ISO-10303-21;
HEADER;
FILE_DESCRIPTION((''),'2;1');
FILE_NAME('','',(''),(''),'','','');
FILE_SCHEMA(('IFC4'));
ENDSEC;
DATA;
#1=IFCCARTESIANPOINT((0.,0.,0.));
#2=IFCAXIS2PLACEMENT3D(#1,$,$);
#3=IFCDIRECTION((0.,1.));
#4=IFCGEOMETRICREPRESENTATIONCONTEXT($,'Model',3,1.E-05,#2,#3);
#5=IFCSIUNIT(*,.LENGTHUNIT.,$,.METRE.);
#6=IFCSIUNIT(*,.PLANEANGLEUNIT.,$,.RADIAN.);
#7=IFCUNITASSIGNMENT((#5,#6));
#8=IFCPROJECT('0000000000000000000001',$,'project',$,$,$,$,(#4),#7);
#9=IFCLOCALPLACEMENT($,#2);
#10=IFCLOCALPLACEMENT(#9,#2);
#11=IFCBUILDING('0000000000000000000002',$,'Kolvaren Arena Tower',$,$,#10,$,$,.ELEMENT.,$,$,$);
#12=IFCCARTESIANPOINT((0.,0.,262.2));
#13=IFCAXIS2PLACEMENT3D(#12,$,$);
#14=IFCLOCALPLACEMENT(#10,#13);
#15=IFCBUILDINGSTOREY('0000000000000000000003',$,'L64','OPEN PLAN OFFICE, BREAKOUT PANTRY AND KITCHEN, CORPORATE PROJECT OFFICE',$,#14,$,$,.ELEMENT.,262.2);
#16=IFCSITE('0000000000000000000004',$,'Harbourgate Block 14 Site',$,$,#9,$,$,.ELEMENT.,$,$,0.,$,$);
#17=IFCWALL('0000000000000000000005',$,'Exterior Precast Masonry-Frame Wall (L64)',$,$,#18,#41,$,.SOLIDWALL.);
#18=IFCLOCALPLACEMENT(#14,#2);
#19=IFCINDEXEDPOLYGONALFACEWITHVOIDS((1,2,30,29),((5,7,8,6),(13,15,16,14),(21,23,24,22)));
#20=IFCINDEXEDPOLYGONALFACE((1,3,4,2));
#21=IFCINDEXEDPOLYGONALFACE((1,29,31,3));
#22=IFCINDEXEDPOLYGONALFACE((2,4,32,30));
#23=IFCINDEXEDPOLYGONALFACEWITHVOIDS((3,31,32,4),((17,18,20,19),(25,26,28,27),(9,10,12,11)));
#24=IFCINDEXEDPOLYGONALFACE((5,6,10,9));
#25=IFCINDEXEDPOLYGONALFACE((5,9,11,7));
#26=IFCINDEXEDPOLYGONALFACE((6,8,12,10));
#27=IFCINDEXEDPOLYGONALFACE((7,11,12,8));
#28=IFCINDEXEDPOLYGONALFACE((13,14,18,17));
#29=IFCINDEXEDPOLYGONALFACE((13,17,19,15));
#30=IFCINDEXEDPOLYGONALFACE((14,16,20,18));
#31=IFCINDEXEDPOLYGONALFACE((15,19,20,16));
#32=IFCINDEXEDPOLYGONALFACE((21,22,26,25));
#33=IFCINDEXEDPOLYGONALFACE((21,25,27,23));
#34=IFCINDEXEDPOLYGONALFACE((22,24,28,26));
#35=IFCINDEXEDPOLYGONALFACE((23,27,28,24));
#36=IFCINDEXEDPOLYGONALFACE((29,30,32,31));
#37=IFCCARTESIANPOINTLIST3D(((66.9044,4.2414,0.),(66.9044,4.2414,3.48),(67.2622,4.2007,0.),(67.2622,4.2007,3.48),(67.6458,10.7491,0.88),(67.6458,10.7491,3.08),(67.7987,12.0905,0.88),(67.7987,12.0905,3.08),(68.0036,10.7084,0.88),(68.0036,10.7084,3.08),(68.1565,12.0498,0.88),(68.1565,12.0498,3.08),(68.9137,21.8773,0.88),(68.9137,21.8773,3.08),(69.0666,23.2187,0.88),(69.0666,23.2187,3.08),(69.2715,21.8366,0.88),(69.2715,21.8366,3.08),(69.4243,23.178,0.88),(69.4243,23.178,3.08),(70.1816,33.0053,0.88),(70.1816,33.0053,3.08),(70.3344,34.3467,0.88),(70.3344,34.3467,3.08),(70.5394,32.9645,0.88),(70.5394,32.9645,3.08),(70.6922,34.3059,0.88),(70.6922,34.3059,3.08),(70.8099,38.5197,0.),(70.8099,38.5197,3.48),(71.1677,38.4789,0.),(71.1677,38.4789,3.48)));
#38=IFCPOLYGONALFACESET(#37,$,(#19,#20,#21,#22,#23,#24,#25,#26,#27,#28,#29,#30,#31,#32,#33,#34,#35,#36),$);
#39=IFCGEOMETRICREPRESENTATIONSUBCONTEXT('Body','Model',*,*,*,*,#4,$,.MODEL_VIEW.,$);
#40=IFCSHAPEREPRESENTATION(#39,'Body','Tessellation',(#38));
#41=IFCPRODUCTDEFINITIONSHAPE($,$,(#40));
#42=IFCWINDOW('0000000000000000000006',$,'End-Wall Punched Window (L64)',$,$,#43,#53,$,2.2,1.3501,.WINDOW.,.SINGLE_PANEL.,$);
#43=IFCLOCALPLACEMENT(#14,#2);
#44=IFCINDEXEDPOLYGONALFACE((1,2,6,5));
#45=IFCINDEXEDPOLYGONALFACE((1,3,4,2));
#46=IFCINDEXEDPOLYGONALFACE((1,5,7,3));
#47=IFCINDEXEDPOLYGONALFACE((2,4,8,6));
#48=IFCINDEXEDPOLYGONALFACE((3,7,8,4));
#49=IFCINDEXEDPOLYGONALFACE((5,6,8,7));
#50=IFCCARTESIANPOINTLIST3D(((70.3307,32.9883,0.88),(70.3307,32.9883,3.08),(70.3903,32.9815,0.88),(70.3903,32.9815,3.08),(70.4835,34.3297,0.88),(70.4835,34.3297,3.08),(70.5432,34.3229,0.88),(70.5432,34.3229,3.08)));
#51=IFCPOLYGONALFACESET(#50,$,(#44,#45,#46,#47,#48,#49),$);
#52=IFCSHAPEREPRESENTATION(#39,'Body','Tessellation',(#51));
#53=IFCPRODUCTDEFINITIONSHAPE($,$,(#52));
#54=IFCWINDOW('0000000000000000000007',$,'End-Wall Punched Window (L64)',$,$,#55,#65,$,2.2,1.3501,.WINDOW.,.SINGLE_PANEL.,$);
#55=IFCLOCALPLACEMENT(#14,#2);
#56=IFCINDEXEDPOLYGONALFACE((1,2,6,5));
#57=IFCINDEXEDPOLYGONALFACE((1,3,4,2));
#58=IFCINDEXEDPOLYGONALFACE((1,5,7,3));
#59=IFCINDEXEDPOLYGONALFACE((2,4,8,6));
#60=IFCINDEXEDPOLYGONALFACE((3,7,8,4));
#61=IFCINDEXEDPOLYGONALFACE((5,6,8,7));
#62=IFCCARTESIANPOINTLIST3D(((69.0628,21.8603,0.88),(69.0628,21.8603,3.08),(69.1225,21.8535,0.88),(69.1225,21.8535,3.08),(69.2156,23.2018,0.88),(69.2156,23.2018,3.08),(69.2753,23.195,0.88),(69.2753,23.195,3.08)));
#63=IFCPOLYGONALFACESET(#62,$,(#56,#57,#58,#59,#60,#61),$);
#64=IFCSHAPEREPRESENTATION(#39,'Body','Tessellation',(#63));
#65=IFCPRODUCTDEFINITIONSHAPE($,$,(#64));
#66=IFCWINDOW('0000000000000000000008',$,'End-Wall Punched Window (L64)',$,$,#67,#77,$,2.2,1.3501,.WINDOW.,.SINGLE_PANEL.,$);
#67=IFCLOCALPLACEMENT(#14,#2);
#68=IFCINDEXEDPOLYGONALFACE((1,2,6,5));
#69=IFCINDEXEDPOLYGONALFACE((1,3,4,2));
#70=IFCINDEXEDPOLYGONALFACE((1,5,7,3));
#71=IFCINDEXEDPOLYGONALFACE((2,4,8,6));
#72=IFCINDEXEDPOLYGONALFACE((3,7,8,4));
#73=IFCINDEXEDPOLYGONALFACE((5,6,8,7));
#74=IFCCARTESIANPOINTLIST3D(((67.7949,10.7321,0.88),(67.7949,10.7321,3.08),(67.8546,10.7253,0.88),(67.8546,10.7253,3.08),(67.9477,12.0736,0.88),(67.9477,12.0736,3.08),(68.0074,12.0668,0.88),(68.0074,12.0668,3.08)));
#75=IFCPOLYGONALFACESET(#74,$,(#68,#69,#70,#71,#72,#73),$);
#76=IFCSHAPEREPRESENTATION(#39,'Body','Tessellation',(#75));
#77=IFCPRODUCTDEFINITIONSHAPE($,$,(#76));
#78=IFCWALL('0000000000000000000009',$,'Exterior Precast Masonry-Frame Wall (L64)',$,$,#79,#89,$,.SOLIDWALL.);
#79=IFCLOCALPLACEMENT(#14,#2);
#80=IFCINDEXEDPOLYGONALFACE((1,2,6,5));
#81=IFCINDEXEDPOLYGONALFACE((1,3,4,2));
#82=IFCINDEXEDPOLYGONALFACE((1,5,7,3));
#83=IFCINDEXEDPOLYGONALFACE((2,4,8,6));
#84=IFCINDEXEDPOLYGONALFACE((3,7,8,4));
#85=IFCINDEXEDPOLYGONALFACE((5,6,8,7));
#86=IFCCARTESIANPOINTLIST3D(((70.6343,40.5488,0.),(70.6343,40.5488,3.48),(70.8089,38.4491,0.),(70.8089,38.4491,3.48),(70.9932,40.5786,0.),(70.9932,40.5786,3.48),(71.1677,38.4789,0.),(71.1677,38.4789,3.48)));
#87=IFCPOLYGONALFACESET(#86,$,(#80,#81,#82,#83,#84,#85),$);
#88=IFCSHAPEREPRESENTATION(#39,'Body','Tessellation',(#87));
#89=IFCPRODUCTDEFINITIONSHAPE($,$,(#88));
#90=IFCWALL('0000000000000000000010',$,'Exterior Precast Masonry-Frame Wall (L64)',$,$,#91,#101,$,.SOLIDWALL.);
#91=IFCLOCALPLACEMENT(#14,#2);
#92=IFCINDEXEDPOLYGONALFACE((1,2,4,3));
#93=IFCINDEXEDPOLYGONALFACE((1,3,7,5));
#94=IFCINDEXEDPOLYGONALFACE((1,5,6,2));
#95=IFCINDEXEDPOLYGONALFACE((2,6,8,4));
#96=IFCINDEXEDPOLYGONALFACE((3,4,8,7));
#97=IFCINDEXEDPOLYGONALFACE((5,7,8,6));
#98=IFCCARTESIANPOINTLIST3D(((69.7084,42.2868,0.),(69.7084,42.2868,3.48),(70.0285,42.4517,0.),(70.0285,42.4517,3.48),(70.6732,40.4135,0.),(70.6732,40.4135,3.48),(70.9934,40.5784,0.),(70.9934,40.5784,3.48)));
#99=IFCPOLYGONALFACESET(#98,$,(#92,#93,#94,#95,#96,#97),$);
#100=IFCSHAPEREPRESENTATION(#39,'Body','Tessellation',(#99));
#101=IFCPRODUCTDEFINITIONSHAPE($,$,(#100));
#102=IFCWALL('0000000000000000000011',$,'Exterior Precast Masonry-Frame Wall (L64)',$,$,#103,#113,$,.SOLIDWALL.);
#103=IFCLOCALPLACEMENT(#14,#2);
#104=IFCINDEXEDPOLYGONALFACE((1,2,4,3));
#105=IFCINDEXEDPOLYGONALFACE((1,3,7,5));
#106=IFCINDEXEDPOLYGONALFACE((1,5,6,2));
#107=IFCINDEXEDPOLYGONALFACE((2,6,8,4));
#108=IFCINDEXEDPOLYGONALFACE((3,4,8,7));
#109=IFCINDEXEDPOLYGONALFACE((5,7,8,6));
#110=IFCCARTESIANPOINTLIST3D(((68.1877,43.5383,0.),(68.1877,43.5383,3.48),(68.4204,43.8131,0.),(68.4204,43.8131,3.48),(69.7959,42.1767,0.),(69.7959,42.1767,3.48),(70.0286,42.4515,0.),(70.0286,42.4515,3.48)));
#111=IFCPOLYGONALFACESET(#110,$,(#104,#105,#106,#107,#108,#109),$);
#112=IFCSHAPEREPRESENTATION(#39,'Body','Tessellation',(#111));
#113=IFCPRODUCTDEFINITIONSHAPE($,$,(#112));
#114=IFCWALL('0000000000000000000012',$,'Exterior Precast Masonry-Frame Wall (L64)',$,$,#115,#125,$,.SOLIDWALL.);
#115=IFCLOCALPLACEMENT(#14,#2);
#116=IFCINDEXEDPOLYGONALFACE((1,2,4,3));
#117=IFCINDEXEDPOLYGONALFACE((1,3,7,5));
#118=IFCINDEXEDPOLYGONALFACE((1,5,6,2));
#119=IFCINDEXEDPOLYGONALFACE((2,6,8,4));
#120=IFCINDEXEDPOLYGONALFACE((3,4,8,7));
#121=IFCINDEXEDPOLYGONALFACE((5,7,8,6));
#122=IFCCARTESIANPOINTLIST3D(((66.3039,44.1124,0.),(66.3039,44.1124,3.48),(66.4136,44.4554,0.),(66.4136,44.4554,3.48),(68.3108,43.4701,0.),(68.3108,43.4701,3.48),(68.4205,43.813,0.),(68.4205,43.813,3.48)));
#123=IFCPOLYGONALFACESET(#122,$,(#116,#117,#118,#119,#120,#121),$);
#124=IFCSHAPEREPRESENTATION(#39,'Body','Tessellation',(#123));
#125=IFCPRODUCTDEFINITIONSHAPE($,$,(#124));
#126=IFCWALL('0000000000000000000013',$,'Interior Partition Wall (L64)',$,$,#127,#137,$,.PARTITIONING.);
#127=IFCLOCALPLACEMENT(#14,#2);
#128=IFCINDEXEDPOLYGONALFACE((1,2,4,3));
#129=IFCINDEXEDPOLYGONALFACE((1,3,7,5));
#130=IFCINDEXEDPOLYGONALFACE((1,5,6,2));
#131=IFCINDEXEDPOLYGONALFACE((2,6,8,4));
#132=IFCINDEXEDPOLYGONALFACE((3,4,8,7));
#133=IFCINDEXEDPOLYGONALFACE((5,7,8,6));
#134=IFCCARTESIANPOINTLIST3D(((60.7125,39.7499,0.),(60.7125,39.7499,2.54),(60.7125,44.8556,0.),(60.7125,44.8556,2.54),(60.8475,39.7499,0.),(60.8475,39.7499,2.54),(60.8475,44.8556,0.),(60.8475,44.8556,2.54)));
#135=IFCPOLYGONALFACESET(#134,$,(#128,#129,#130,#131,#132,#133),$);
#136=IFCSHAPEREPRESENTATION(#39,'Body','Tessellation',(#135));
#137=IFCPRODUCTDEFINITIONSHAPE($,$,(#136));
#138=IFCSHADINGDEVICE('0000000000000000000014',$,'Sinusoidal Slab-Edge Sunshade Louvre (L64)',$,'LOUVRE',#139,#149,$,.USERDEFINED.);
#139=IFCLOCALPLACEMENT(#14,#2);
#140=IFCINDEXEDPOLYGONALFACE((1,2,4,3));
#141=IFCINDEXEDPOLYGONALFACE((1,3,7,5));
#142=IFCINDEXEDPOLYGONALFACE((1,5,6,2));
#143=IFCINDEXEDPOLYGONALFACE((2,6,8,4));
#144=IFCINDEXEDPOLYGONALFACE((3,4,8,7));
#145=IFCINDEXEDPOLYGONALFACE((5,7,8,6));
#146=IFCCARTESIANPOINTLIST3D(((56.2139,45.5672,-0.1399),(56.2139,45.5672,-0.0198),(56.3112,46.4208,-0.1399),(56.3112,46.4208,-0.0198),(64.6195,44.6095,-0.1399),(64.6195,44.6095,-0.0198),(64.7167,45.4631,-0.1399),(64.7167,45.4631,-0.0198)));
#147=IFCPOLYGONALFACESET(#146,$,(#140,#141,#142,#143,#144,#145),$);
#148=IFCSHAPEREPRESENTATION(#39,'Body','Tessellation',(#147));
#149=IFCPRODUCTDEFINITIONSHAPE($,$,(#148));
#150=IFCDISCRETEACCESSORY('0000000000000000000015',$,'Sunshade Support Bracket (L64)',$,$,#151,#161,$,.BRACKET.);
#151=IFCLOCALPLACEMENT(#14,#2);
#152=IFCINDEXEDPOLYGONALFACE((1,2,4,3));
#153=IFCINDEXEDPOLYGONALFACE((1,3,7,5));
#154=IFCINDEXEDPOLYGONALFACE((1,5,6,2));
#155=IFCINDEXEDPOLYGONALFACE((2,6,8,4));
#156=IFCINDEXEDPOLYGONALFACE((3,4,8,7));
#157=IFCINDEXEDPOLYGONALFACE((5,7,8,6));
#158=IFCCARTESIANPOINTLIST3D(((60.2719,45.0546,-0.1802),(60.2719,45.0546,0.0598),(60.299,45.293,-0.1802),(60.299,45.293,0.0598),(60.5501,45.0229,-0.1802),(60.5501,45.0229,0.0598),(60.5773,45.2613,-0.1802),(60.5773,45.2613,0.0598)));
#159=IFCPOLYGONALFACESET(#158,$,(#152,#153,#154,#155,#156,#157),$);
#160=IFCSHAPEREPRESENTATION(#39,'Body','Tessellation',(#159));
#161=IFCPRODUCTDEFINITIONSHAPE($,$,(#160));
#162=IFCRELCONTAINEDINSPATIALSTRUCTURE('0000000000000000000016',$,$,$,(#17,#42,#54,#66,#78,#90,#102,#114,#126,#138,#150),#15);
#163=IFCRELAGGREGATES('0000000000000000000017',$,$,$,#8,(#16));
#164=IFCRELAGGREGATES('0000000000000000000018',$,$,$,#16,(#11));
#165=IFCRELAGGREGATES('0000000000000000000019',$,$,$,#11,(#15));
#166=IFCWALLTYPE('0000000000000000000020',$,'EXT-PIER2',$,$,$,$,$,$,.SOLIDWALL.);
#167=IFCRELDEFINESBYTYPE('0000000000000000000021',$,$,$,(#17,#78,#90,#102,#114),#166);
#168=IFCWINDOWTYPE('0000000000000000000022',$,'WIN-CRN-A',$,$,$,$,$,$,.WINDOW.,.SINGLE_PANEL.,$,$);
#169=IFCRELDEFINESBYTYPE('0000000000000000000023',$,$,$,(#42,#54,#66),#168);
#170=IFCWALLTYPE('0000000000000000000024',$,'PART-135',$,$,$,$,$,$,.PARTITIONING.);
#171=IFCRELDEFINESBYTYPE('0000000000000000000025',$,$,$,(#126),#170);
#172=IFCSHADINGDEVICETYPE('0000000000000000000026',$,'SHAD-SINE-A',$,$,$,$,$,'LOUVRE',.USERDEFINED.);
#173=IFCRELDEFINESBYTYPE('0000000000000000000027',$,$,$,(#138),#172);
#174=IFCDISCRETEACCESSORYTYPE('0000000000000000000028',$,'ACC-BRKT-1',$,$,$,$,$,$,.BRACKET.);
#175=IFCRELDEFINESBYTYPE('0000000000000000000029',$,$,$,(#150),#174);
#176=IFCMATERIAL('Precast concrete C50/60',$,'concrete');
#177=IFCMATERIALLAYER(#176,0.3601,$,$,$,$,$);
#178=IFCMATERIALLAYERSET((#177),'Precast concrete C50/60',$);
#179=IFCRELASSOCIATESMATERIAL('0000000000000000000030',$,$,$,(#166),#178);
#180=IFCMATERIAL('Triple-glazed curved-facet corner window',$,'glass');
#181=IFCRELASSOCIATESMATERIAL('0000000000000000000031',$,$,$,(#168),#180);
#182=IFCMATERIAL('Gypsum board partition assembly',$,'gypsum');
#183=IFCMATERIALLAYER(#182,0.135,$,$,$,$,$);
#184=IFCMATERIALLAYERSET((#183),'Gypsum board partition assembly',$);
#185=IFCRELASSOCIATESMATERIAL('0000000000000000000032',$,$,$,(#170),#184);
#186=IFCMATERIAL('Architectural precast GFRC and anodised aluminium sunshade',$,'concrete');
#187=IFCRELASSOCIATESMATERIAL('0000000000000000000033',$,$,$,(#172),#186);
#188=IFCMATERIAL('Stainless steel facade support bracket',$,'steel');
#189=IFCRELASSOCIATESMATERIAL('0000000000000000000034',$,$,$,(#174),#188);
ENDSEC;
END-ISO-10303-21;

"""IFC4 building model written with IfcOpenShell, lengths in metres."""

from ifc_helpers import new_model, si_unit, direction, frame, frame_2d, origin, origin_2d, place, context, subcontext, project, spatial, rectangle, extrude, material, layer, layer_set, type_object, element, fill, save


model = new_model("IFC4")

# Units and contexts
model_context = context("Model", 3, precision=1e-05, world=origin(), true_north=direction((0.0, 1.0)))
body_context = subcontext(model_context, "Body", "Model", "MODEL_VIEW")
ifc_project = project(units=[si_unit("LENGTHUNIT", "METRE"), si_unit("PLANEANGLEUNIT", "RADIAN")], contexts=[model_context])

# Site, building, storey
site_placement = place(None, origin())
site = spatial("IfcSite", under=ifc_project, at=site_placement, Name="Harbourgate Block 14 Site", CompositionType="ELEMENT", RefElevation=0.0)
building_placement = place(site_placement, origin())
building = spatial("IfcBuilding", under=site, at=building_placement, Name="Kolvaren Arena Tower", CompositionType="ELEMENT")
storey_placement = place(building_placement, frame((0.0, 0.0, 262.2)))
storey = spatial("IfcBuildingStorey", under=building, at=storey_placement, Name="L64", Description="OPEN PLAN OFFICE, BREAKOUT PANTRY AND KITCHEN, CORPORATE PROJECT OFFICE", CompositionType="ELEMENT", Elevation=262.2)

# Wall, openings, windows
ifc_material_1 = material(Name="Precast concrete C50/60", Category="concrete")
ifc_layer_1 = layer(ifc_material_1, 0.3601)
ifc_layer_set_1 = layer_set([ifc_layer_1], Name="Precast concrete C50/60")
wall_type_1 = type_object("IfcWallType", Name="EXT-PIER2", PredefinedType="SOLIDWALL", material=ifc_layer_set_1)
wall_1_placement = place(storey_placement, frame((70.9888, 38.4993, 0.0), z_axis=(0.0, 0.0, 1.0), x_axis=(-0.113203, -0.993572, 0.0)))
wall_1 = element("IfcWall", 1, at=wall_1_placement, inside=storey, type_object=wall_type_1, Name="Exterior Precast Masonry-Frame Wall (L64)", PredefinedType="SOLIDWALL", context=body_context, shape_type="SweptSolid", body=[
    extrude(rectangle(XDim=34.5, YDim=0.3601, at=frame_2d((17.25, 0.0))), origin(), (0.0, 0.0, 1.0), 3.48),
])
opening_1_placement = place(wall_1_placement, frame((4.2, 0.0, 0.8799)))
opening_1 = element("IfcOpeningElement", 2, at=opening_1_placement, cuts=wall_1, PredefinedType="OPENING", context=body_context, shape_type="SweptSolid", body=[
    extrude(rectangle(XDim=1.3501, YDim=2.2, at=frame_2d((0.675, 1.1001))), frame((0.0, 0.1899, 0.0), z_axis=(0.0, -1.0, 0.0), x_axis=(1.0, 0.0, 0.0)), (0.0, 0.0, 1.0), 0.3801),
])
opening_2_placement = place(wall_1_placement, frame((15.3999, 0.0, 0.8799)))
opening_2 = element("IfcOpeningElement", 3, at=opening_2_placement, cuts=wall_1, PredefinedType="OPENING", context=body_context, shape_type="SweptSolid", body=[
    extrude(rectangle(XDim=1.3501, YDim=2.2, at=frame_2d((0.675, 1.1001))), frame((0.0, 0.1899, 0.0), z_axis=(0.0, -1.0, 0.0), x_axis=(1.0, 0.0, 0.0)), (0.0, 0.0, 1.0), 0.3801),
])
opening_3_placement = place(wall_1_placement, frame((26.6001, 0.0, 0.8799)))
opening_3 = element("IfcOpeningElement", 4, at=opening_3_placement, cuts=wall_1, PredefinedType="OPENING", context=body_context, shape_type="SweptSolid", body=[
    extrude(rectangle(XDim=1.3501, YDim=2.2, at=frame_2d((0.675, 1.1001))), frame((0.0, 0.1899, 0.0), z_axis=(0.0, -1.0, 0.0), x_axis=(1.0, 0.0, 0.0)), (0.0, 0.0, 1.0), 0.3801),
])
ifc_material_2 = material(Name="Triple-glazed curved-facet corner window", Category="glass")
window_type = type_object("IfcWindowType", Name="WIN-CRN-A", PartitioningType="SINGLE_PANEL", PredefinedType="WINDOW", material=ifc_material_2)
window_1_placement = place(opening_1_placement, origin())
window_1 = element("IfcWindow", 5, at=window_1_placement, inside=storey, type_object=window_type, Name="End-Wall Punched Window (L64)", OverallHeight=2.2, OverallWidth=1.3501, PartitioningType="SINGLE_PANEL", PredefinedType="WINDOW", context=body_context, shape_type="SweptSolid", body=[
    extrude(rectangle(XDim=1.3501, YDim=2.2, at=frame_2d((0.675, 1.1001))), frame((0.0, 0.03, 0.0), z_axis=(0.0, -1.0, 0.0), x_axis=(1.0, 0.0, 0.0)), (0.0, 0.0, 1.0), 0.0601),
])
fill(opening_1, window_1)
window_2_placement = place(opening_2_placement, origin())
window_2 = element("IfcWindow", 6, at=window_2_placement, inside=storey, type_object=window_type, Name="End-Wall Punched Window (L64)", OverallHeight=2.2, OverallWidth=1.3501, PartitioningType="SINGLE_PANEL", PredefinedType="WINDOW", context=body_context, shape_type="SweptSolid", body=[
    extrude(rectangle(XDim=1.3501, YDim=2.2, at=frame_2d((0.675, 1.1001))), frame((0.0, 0.03, 0.0), z_axis=(0.0, -1.0, 0.0), x_axis=(1.0, 0.0, 0.0)), (0.0, 0.0, 1.0), 0.0601),
])
fill(opening_2, window_2)
window_3_placement = place(opening_3_placement, origin())
window_3 = element("IfcWindow", 7, at=window_3_placement, inside=storey, type_object=window_type, Name="End-Wall Punched Window (L64)", OverallHeight=2.2, OverallWidth=1.3501, PartitioningType="SINGLE_PANEL", PredefinedType="WINDOW", context=body_context, shape_type="SweptSolid", body=[
    extrude(rectangle(XDim=1.3501, YDim=2.2, at=frame_2d((0.675, 1.1001))), frame((0.0, 0.03, 0.0), z_axis=(0.0, -1.0, 0.0), x_axis=(1.0, 0.0, 0.0)), (0.0, 0.0, 1.0), 0.0601),
])
fill(opening_3, window_3)

# Walls
wall_2_placement = place(storey_placement, frame((70.8137, 40.5637, 0.0), z_axis=(0.0, 0.0, 1.0), x_axis=(0.082854, -0.996562, 0.0)))
element("IfcWall", 8, at=wall_2_placement, inside=storey, type_object=wall_type_1, Name="Exterior Precast Masonry-Frame Wall (L64)", PredefinedType="SOLIDWALL", context=body_context, shape_type="SweptSolid", body=[
    extrude(rectangle(XDim=2.1069, YDim=0.3601, at=frame_2d((1.0535, 0.0))), origin(), (0.0, 0.0, 1.0), 3.48),
])
for number, where, z_axis, x_axis, name in (
    (9, (69.8684, 42.3694, 0.0), (0.0, 0.0, 1.0), (0.457887, -0.88901, 0.0), "Exterior Precast Masonry-Frame Wall (L64)"),
    (10, (68.304, 43.6758, 0.0), (0.0, 0.0, 1.0), (0.763193, -0.646171, 0.0), "Exterior Precast Masonry-Frame Wall (L64)"),
    (11, (66.3586, 44.2839, 0.0), (0.0, 0.0, 1.0), (0.952404, -0.304839, 0.0), "Exterior Precast Masonry-Frame Wall (L64)"),
):
    element("IfcWall", number, at=place(storey_placement, frame(where, z_axis=z_axis, x_axis=x_axis)), inside=storey, type_object=wall_type_1, Name=name, PredefinedType="SOLIDWALL", context=body_context, shape_type="SweptSolid", body=[
        extrude(rectangle(XDim=2.1072, YDim=0.3601, at=frame_2d((1.0537, 0.0))), origin(), (0.0, 0.0, 1.0), 3.48),
    ])
ifc_material_3 = material(Name="Gypsum board partition assembly", Category="gypsum")
ifc_layer_2 = layer(ifc_material_3, 0.135)
ifc_layer_set_2 = layer_set([ifc_layer_2], Name="Gypsum board partition assembly")
wall_type_2 = type_object("IfcWallType", Name="PART-135", PredefinedType="PARTITIONING", material=ifc_layer_set_2)
wall_3_placement = place(storey_placement, frame((60.78, 39.75, 0.0), z_axis=(0.0, 0.0, 1.0), x_axis=(0.0, 1.0, 0.0)))
element("IfcWall", 12, at=wall_3_placement, inside=storey, type_object=wall_type_2, Name="Interior Partition Wall (L64)", PredefinedType="PARTITIONING", context=body_context, shape_type="SweptSolid", body=[
    extrude(rectangle(XDim=5.1057, YDim=0.135, at=frame_2d((2.5527, 0.0))), origin(), (0.0, 0.0, 1.0), 2.54),
])

# Shading device
ifc_material_4 = material(Name="Architectural precast GFRC and anodised aluminium sunshade", Category="concrete")
shading_device_type = type_object("IfcShadingDeviceType", Name="SHAD-SINE-A", ElementType="LOUVRE", PredefinedType="USERDEFINED", material=ifc_material_4)
shading_device_placement = place(storey_placement, frame((60.4653, 45.5151, -0.1399), z_axis=(0.0, 0.0, 1.0), x_axis=(0.993572, -0.113205, 0.0)))
element("IfcShadingDevice", 13, at=shading_device_placement, inside=storey, type_object=shading_device_type, Name="Sinusoidal Slab-Edge Sunshade Louvre (L64)", ObjectType="LOUVRE", PredefinedType="USERDEFINED", context=body_context, shape_type="SweptSolid", body=[
    extrude(rectangle(XDim=8.46, YDim=0.8591, at=origin_2d()), origin(), (0.0, 0.0, 1.0), 0.1201),
])

# Discrete accessory
ifc_material_5 = material(Name="Stainless steel facade support bracket", Category="steel")
discrete_accessory_type = type_object("IfcDiscreteAccessoryType", Name="ACC-BRKT-1", PredefinedType="BRACKET", material=ifc_material_5)
discrete_accessory_placement = place(storey_placement, frame((60.4246, 45.158, -0.1802), z_axis=(0.0, 0.0, 1.0), x_axis=(0.993572, -0.113205, 0.0)))
element("IfcDiscreteAccessory", 14, at=discrete_accessory_placement, inside=storey, type_object=discrete_accessory_type, Name="Sunshade Support Bracket (L64)", PredefinedType="BRACKET", context=body_context, shape_type="SweptSolid", body=[
    extrude(rectangle(XDim=0.28, YDim=0.24, at=origin_2d()), origin(), (0.0, 0.0, 1.0), 0.24),
])

save(model, "model.ifc")
